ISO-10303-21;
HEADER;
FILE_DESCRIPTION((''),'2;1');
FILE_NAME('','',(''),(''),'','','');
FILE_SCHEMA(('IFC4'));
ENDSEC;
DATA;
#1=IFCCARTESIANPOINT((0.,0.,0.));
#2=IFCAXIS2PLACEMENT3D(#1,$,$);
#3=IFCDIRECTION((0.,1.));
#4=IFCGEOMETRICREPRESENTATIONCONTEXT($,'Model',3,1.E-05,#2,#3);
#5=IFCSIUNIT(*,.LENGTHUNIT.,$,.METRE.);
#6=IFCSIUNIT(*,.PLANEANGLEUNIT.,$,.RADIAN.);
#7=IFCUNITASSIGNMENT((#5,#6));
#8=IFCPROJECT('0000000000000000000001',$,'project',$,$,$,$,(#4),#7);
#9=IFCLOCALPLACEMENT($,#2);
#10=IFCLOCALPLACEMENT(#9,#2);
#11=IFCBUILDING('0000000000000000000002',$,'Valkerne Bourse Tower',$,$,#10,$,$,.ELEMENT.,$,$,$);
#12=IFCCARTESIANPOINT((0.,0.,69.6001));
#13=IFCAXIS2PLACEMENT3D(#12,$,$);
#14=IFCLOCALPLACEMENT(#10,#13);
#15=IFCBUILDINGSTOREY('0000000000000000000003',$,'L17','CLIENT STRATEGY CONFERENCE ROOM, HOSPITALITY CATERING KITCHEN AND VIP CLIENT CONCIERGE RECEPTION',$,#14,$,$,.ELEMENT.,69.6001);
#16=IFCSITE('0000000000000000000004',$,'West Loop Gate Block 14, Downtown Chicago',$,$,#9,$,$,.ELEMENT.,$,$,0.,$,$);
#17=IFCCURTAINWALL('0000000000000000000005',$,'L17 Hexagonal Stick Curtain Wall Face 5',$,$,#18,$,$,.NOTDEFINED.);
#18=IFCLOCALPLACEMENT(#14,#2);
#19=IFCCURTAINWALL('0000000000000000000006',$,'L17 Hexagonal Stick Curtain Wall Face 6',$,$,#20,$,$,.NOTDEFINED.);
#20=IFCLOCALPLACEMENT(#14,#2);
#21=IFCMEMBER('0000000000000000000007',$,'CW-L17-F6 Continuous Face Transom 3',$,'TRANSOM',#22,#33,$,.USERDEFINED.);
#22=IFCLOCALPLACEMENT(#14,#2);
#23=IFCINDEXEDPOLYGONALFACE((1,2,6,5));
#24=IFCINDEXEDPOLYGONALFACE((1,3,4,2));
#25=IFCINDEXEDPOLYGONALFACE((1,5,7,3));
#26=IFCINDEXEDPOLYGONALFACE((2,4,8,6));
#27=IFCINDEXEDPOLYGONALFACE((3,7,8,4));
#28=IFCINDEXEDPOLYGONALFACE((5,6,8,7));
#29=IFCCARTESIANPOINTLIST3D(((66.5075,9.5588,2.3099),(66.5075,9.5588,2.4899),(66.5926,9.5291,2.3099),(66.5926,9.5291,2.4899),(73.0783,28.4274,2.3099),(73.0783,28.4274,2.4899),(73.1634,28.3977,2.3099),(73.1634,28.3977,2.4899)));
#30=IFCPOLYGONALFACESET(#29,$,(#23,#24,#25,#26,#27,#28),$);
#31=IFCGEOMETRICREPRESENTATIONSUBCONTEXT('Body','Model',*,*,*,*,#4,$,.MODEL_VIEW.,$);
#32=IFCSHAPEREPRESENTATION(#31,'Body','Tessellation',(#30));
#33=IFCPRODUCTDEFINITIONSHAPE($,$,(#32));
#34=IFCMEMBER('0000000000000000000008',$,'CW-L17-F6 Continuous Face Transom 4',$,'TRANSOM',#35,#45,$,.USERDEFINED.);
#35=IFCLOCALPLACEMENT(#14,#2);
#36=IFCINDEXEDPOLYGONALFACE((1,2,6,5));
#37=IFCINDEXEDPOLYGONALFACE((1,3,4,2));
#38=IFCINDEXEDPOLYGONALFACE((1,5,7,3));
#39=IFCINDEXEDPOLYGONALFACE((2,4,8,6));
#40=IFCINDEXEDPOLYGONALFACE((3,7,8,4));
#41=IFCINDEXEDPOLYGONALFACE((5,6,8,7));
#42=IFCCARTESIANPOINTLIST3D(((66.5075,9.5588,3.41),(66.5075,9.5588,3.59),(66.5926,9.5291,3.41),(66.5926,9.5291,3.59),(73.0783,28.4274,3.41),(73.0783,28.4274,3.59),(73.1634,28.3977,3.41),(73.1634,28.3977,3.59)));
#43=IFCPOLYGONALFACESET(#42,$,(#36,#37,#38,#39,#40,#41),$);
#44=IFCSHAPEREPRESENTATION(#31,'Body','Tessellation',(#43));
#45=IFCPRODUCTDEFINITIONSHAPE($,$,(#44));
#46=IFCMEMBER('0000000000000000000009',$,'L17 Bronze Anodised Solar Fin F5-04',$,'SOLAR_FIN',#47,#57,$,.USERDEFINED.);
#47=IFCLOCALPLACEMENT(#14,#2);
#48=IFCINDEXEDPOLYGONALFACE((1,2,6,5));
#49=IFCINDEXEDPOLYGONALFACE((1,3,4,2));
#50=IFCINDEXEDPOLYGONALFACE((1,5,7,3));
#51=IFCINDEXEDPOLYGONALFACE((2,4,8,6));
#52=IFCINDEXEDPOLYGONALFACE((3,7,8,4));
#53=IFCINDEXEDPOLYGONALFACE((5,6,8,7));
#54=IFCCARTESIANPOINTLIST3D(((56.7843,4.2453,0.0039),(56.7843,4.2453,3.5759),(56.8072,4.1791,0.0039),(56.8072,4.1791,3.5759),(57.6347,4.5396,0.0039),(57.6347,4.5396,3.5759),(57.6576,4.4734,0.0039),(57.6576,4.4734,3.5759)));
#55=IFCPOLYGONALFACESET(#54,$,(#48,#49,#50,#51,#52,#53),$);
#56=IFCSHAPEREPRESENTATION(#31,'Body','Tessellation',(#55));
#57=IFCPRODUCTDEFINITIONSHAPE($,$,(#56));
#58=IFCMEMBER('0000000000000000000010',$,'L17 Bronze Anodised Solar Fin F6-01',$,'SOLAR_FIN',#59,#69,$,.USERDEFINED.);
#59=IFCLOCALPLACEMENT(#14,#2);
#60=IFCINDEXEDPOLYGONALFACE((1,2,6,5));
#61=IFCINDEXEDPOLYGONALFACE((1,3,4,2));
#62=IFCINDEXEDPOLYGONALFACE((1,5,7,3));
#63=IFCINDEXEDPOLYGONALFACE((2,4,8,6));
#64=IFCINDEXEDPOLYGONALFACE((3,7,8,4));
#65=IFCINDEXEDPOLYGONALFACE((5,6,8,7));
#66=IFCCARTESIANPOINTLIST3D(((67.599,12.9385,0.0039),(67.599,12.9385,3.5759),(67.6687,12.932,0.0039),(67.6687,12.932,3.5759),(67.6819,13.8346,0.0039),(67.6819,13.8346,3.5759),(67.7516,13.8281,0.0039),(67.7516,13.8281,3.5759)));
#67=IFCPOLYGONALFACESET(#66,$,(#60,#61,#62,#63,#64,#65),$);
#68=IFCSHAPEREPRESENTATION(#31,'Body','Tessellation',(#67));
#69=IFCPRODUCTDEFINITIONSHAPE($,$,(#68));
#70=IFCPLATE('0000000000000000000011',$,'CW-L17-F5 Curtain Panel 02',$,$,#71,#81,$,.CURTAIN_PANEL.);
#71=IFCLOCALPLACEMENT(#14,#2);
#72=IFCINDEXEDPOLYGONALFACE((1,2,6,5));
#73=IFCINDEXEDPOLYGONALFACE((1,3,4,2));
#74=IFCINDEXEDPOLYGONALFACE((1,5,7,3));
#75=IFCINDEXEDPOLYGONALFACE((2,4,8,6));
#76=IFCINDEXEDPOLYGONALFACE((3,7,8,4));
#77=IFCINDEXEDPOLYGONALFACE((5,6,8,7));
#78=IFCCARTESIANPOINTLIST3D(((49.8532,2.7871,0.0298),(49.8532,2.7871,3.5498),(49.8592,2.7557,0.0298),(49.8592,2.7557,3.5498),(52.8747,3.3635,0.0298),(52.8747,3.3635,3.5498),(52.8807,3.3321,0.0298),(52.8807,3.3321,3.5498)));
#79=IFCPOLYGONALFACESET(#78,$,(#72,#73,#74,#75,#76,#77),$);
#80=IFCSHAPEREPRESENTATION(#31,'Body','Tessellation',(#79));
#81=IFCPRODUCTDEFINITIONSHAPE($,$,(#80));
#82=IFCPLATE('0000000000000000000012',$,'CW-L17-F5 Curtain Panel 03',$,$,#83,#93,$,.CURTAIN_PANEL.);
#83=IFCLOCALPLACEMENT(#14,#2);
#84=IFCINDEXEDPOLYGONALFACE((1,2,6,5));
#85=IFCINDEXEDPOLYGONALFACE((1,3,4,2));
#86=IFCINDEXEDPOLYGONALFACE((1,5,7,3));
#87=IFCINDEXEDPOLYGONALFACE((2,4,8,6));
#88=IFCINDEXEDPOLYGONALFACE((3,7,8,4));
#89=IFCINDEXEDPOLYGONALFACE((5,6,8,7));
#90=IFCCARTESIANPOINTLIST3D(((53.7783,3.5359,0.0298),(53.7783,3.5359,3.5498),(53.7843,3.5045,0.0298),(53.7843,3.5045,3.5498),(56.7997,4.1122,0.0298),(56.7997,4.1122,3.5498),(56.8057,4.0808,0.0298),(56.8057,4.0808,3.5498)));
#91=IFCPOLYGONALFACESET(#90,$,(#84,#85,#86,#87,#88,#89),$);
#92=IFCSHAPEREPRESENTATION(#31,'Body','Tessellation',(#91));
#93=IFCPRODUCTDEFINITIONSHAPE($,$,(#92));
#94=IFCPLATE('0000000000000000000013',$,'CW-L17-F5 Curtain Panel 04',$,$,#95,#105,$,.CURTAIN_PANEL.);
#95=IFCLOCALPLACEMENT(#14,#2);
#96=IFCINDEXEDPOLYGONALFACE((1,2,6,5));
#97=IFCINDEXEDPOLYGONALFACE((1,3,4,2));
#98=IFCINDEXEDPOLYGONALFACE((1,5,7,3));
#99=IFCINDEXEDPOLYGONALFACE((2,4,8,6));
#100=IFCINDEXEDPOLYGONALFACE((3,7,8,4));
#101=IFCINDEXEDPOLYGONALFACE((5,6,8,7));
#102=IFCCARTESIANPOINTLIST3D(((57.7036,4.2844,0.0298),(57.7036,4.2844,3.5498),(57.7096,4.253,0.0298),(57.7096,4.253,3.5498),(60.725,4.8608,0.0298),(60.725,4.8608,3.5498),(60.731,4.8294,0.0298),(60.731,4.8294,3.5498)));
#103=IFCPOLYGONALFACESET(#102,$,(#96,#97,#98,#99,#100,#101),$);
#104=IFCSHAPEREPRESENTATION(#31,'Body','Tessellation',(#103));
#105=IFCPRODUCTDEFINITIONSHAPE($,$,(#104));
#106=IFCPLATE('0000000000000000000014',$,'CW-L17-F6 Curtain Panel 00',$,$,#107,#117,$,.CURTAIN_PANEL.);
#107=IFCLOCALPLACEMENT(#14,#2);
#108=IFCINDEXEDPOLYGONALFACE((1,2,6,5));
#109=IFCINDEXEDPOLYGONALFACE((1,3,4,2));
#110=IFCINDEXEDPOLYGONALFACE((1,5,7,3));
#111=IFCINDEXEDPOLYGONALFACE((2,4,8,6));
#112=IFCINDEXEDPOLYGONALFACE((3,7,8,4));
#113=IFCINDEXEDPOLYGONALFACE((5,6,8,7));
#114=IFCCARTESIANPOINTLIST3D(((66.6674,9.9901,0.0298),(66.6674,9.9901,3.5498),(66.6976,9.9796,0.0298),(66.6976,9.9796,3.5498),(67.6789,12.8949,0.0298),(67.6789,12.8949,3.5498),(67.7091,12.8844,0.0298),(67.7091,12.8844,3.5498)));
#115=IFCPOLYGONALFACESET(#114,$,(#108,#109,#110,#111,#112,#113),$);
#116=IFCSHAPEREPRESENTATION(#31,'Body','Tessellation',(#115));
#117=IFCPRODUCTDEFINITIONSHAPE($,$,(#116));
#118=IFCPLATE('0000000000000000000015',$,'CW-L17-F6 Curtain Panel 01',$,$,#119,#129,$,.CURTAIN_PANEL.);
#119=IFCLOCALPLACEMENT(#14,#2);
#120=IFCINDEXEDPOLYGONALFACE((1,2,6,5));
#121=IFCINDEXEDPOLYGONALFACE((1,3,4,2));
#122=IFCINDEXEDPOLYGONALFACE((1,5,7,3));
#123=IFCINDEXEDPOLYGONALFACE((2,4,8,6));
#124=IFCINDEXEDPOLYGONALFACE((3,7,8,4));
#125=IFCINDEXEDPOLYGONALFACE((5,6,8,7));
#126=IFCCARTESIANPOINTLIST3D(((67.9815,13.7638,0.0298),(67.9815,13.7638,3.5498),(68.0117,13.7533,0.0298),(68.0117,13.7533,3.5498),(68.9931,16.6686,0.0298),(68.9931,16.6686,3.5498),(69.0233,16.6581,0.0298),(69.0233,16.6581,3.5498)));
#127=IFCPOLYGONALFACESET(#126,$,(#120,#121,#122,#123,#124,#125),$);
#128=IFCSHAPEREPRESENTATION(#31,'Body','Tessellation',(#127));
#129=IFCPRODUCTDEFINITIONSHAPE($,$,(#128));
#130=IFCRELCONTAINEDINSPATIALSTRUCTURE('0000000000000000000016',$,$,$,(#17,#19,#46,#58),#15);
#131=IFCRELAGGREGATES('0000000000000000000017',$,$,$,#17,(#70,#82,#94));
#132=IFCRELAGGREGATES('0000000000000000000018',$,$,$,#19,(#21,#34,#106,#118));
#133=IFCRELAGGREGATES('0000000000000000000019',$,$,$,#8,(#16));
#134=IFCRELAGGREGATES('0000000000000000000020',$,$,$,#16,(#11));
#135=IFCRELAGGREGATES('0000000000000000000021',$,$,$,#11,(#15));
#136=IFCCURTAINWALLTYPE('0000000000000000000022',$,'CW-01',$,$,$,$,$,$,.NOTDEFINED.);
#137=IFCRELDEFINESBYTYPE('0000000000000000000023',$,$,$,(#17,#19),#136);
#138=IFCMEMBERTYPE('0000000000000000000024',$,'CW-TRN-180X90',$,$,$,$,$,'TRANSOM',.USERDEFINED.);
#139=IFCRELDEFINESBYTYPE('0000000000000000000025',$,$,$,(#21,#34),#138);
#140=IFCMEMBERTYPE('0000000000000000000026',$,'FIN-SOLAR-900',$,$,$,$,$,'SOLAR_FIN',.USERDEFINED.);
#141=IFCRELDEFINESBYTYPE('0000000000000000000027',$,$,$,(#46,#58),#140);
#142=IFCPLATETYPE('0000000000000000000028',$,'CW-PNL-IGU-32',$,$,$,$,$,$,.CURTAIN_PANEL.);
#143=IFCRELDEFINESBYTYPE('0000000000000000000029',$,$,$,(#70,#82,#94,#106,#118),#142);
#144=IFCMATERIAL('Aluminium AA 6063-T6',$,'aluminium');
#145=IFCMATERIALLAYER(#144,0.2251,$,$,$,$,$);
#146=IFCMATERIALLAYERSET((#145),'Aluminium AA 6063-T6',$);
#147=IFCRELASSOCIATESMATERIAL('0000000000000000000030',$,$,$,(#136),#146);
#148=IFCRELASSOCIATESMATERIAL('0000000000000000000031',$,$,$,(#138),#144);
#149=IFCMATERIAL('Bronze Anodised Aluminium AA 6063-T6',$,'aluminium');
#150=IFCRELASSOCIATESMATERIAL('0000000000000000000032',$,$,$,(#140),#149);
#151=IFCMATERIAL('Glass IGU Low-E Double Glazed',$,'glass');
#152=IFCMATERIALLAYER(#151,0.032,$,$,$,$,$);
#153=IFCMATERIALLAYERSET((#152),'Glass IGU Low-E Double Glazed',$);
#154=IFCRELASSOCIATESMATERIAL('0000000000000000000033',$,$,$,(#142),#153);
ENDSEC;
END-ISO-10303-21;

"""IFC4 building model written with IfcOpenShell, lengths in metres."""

from ifc_helpers import new_model, si_unit, direction, frame, origin, origin_2d, place, context, subcontext, project, spatial, rectangle, extrude, material, layer, layer_set, material_profile, profile_set, type_object, element, aggregate, save


model = new_model("IFC4")

# Units and contexts
model_context = context("Model", 3, precision=1e-05, world=origin(), true_north=direction((0.0, 1.0)))
body_context = subcontext(model_context, "Body", "Model", "MODEL_VIEW")
ifc_project = project(units=[si_unit("LENGTHUNIT", "METRE"), si_unit("PLANEANGLEUNIT", "RADIAN")], contexts=[model_context])

# Site, building, storey
site_placement = place(None, origin())
site = spatial("IfcSite", under=ifc_project, at=site_placement, Name="West Loop Gate Block 14, Downtown Chicago", CompositionType="ELEMENT", RefElevation=0.0)
building_placement = place(site_placement, origin())
building = spatial("IfcBuilding", under=site, at=building_placement, Name="Valkerne Bourse Tower", CompositionType="ELEMENT")
storey_placement = place(building_placement, frame((0.0, 0.0, 69.6001)))
storey = spatial("IfcBuildingStorey", under=building, at=storey_placement, Name="L17", Description="CLIENT STRATEGY CONFERENCE ROOM, HOSPITALITY CATERING KITCHEN AND VIP CLIENT CONCIERGE RECEPTION", CompositionType="ELEMENT", Elevation=69.6001)

# Curtain walls, members
ifc_material_1 = material(Name="Aluminium AA 6063-T6", Category="aluminium")
ifc_layer_1 = layer(ifc_material_1, 0.2251)
ifc_layer_set_1 = layer_set([ifc_layer_1], Name="Aluminium AA 6063-T6")
curtain_wall_type = type_object("IfcCurtainWallType", Name="CW-01", PredefinedType="NOTDEFINED", material=ifc_layer_set_1)
curtain_wall_1_placement = place(storey_placement, origin())
curtain_wall_1 = element("IfcCurtainWall", 1, at=curtain_wall_1_placement, inside=storey, type_object=curtain_wall_type, Name="L17 Hexagonal Stick Curtain Wall Face 5", PredefinedType="NOTDEFINED")
curtain_wall_2_placement = place(storey_placement, origin())
curtain_wall_2 = element("IfcCurtainWall", 2, at=curtain_wall_2_placement, inside=storey, type_object=curtain_wall_type, Name="L17 Hexagonal Stick Curtain Wall Face 6", PredefinedType="NOTDEFINED")
ifc_material_profile_1 = material_profile(ifc_material_1, rectangle(XDim=0.0901, YDim=0.1799, at=origin_2d()), Name="CWT-90X180")
ifc_profile_set_1 = profile_set([ifc_material_profile_1], Name="Aluminium AA 6063-T6")
member_type_1 = type_object("IfcMemberType", Name="CW-TRN-180X90", ElementType="TRANSOM", PredefinedType="USERDEFINED", material=ifc_profile_set_1)
member_1_placement = place(storey_placement, frame((66.55, 9.5439, 2.3999), z_axis=(0.328868, 0.944376, 0.0), x_axis=(-0.944376, 0.328868, 0.0)))
member_1 = element("IfcMember", 3, at=member_1_placement, type_object=member_type_1, Name="CW-L17-F6 Continuous Face Transom 3", ObjectType="TRANSOM", PredefinedType="USERDEFINED", context=body_context, shape_type="SweptSolid", body=[
    extrude(rectangle(XDim=0.0901, YDim=0.1799, at=origin_2d()), origin(), (0.0, 0.0, 1.0), 19.98),
])
member_2_placement = place(storey_placement, frame((66.55, 9.5439, 3.5), z_axis=(0.328868, 0.944376, 0.0), x_axis=(-0.944376, 0.328868, 0.0)))
member_2 = element("IfcMember", 4, at=member_2_placement, type_object=member_type_1, Name="CW-L17-F6 Continuous Face Transom 4", ObjectType="TRANSOM", PredefinedType="USERDEFINED", context=body_context, shape_type="SweptSolid", body=[
    extrude(rectangle(XDim=0.0901, YDim=0.1799, at=origin_2d()), origin(), (0.0, 0.0, 1.0), 19.98),
])

# Members
ifc_material_2 = material(Name="Bronze Anodised Aluminium AA 6063-T6", Category="aluminium")
ifc_material_profile_2 = material_profile(ifc_material_2, rectangle(XDim=0.0701, YDim=0.8999, at=origin_2d()), Name="FIN-70X900")
ifc_profile_set_2 = profile_set([ifc_material_profile_2], Name="Bronze Anodised Aluminium AA 6063-T6")
member_type_2 = type_object("IfcMemberType", Name="FIN-SOLAR-900", ElementType="SOLAR_FIN", PredefinedType="USERDEFINED", material=ifc_profile_set_2)
for number, where, z_axis, x_axis, name in (
    (5, (57.2209, 4.3594, 0.0039), (0.0, 0.0, 1.0), (0.327031, -0.945014, 0.0), "L17 Bronze Anodised Solar Fin F5-04"),
    (6, (67.6753, 13.3833, 0.0039), (0.0, 0.0, 1.0), (0.995748, -0.092115, 0.0), "L17 Bronze Anodised Solar Fin F6-01"),
):
    element("IfcMember", number, at=place(storey_placement, frame(where, z_axis=z_axis, x_axis=x_axis)), inside=storey, type_object=member_type_2, Name=name, ObjectType="SOLAR_FIN", PredefinedType="USERDEFINED", context=body_context, shape_type="SweptSolid", body=[
        extrude(rectangle(XDim=0.0701, YDim=0.8999, at=origin_2d()), origin(), (0.0, 0.0, 1.0), 3.572),
    ])

# Plates
ifc_material_3 = material(Name="Glass IGU Low-E Double Glazed", Category="glass")
ifc_layer_2 = layer(ifc_material_3, 0.032)
ifc_layer_set_2 = layer_set([ifc_layer_2], Name="Glass IGU Low-E Double Glazed")
plate_type = type_object("IfcPlateType", Name="CW-PNL-IGU-32", PredefinedType="CURTAIN_PANEL", material=ifc_layer_set_2)
plate_1_placement = place(storey_placement, frame((51.3669, 3.0596, 0.0298), z_axis=(0.0, 0.0, 1.0), x_axis=(0.982286, 0.187388, 0.0)))
plate_1 = element("IfcPlate", 7, at=plate_1_placement, type_object=plate_type, Name="CW-L17-F5 Curtain Panel 02", PredefinedType="CURTAIN_PANEL", context=body_context, shape_type="SweptSolid", body=[
    extrude(rectangle(XDim=3.0759, YDim=0.032, at=origin_2d()), origin(), (0.0, 0.0, 1.0), 3.52),
])
plate_2_placement = place(storey_placement, frame((55.292, 3.8083, 0.0298), z_axis=(0.0, 0.0, 1.0), x_axis=(0.982291, 0.187364, 0.0)))
plate_2 = element("IfcPlate", 8, at=plate_2_placement, type_object=plate_type, Name="CW-L17-F5 Curtain Panel 03", PredefinedType="CURTAIN_PANEL", context=body_context, shape_type="SweptSolid", body=[
    extrude(rectangle(XDim=3.0759, YDim=0.032, at=origin_2d()), origin(), (0.0, 0.0, 1.0), 3.52),
])
plate_3_placement = place(storey_placement, frame((59.2173, 4.5569, 0.0298), z_axis=(0.0, 0.0, 1.0), x_axis=(0.982286, 0.187388, 0.0)))
plate_3 = element("IfcPlate", 9, at=plate_3_placement, type_object=plate_type, Name="CW-L17-F5 Curtain Panel 04", PredefinedType="CURTAIN_PANEL", context=body_context, shape_type="SweptSolid", body=[
    extrude(rectangle(XDim=3.0759, YDim=0.032, at=origin_2d()), origin(), (0.0, 0.0, 1.0), 3.52),
])
aggregate(curtain_wall_1, [plate_1, plate_2, plate_3])
plate_4_placement = place(storey_placement, frame((67.1882, 11.4373, 0.0298), z_axis=(0.0, 0.0, 1.0), x_axis=(0.328857, 0.94438, 0.0)))
plate_4 = element("IfcPlate", 10, at=plate_4_placement, type_object=plate_type, Name="CW-L17-F6 Curtain Panel 00", PredefinedType="CURTAIN_PANEL", context=body_context, shape_type="SweptSolid", body=[
    extrude(rectangle(XDim=3.0759, YDim=0.032, at=origin_2d()), origin(), (0.0, 0.0, 1.0), 3.52),
])
plate_5_placement = place(storey_placement, frame((68.5024, 15.2109, 0.0298), z_axis=(0.0, 0.0, 1.0), x_axis=(0.32888, 0.944372, 0.0)))
plate_5 = element("IfcPlate", 11, at=plate_5_placement, type_object=plate_type, Name="CW-L17-F6 Curtain Panel 01", PredefinedType="CURTAIN_PANEL", context=body_context, shape_type="SweptSolid", body=[
    extrude(rectangle(XDim=3.0759, YDim=0.032, at=origin_2d()), origin(), (0.0, 0.0, 1.0), 3.52),
])
aggregate(curtain_wall_2, [member_1, member_2, plate_4, plate_5])

save(model, "model.ifc")
